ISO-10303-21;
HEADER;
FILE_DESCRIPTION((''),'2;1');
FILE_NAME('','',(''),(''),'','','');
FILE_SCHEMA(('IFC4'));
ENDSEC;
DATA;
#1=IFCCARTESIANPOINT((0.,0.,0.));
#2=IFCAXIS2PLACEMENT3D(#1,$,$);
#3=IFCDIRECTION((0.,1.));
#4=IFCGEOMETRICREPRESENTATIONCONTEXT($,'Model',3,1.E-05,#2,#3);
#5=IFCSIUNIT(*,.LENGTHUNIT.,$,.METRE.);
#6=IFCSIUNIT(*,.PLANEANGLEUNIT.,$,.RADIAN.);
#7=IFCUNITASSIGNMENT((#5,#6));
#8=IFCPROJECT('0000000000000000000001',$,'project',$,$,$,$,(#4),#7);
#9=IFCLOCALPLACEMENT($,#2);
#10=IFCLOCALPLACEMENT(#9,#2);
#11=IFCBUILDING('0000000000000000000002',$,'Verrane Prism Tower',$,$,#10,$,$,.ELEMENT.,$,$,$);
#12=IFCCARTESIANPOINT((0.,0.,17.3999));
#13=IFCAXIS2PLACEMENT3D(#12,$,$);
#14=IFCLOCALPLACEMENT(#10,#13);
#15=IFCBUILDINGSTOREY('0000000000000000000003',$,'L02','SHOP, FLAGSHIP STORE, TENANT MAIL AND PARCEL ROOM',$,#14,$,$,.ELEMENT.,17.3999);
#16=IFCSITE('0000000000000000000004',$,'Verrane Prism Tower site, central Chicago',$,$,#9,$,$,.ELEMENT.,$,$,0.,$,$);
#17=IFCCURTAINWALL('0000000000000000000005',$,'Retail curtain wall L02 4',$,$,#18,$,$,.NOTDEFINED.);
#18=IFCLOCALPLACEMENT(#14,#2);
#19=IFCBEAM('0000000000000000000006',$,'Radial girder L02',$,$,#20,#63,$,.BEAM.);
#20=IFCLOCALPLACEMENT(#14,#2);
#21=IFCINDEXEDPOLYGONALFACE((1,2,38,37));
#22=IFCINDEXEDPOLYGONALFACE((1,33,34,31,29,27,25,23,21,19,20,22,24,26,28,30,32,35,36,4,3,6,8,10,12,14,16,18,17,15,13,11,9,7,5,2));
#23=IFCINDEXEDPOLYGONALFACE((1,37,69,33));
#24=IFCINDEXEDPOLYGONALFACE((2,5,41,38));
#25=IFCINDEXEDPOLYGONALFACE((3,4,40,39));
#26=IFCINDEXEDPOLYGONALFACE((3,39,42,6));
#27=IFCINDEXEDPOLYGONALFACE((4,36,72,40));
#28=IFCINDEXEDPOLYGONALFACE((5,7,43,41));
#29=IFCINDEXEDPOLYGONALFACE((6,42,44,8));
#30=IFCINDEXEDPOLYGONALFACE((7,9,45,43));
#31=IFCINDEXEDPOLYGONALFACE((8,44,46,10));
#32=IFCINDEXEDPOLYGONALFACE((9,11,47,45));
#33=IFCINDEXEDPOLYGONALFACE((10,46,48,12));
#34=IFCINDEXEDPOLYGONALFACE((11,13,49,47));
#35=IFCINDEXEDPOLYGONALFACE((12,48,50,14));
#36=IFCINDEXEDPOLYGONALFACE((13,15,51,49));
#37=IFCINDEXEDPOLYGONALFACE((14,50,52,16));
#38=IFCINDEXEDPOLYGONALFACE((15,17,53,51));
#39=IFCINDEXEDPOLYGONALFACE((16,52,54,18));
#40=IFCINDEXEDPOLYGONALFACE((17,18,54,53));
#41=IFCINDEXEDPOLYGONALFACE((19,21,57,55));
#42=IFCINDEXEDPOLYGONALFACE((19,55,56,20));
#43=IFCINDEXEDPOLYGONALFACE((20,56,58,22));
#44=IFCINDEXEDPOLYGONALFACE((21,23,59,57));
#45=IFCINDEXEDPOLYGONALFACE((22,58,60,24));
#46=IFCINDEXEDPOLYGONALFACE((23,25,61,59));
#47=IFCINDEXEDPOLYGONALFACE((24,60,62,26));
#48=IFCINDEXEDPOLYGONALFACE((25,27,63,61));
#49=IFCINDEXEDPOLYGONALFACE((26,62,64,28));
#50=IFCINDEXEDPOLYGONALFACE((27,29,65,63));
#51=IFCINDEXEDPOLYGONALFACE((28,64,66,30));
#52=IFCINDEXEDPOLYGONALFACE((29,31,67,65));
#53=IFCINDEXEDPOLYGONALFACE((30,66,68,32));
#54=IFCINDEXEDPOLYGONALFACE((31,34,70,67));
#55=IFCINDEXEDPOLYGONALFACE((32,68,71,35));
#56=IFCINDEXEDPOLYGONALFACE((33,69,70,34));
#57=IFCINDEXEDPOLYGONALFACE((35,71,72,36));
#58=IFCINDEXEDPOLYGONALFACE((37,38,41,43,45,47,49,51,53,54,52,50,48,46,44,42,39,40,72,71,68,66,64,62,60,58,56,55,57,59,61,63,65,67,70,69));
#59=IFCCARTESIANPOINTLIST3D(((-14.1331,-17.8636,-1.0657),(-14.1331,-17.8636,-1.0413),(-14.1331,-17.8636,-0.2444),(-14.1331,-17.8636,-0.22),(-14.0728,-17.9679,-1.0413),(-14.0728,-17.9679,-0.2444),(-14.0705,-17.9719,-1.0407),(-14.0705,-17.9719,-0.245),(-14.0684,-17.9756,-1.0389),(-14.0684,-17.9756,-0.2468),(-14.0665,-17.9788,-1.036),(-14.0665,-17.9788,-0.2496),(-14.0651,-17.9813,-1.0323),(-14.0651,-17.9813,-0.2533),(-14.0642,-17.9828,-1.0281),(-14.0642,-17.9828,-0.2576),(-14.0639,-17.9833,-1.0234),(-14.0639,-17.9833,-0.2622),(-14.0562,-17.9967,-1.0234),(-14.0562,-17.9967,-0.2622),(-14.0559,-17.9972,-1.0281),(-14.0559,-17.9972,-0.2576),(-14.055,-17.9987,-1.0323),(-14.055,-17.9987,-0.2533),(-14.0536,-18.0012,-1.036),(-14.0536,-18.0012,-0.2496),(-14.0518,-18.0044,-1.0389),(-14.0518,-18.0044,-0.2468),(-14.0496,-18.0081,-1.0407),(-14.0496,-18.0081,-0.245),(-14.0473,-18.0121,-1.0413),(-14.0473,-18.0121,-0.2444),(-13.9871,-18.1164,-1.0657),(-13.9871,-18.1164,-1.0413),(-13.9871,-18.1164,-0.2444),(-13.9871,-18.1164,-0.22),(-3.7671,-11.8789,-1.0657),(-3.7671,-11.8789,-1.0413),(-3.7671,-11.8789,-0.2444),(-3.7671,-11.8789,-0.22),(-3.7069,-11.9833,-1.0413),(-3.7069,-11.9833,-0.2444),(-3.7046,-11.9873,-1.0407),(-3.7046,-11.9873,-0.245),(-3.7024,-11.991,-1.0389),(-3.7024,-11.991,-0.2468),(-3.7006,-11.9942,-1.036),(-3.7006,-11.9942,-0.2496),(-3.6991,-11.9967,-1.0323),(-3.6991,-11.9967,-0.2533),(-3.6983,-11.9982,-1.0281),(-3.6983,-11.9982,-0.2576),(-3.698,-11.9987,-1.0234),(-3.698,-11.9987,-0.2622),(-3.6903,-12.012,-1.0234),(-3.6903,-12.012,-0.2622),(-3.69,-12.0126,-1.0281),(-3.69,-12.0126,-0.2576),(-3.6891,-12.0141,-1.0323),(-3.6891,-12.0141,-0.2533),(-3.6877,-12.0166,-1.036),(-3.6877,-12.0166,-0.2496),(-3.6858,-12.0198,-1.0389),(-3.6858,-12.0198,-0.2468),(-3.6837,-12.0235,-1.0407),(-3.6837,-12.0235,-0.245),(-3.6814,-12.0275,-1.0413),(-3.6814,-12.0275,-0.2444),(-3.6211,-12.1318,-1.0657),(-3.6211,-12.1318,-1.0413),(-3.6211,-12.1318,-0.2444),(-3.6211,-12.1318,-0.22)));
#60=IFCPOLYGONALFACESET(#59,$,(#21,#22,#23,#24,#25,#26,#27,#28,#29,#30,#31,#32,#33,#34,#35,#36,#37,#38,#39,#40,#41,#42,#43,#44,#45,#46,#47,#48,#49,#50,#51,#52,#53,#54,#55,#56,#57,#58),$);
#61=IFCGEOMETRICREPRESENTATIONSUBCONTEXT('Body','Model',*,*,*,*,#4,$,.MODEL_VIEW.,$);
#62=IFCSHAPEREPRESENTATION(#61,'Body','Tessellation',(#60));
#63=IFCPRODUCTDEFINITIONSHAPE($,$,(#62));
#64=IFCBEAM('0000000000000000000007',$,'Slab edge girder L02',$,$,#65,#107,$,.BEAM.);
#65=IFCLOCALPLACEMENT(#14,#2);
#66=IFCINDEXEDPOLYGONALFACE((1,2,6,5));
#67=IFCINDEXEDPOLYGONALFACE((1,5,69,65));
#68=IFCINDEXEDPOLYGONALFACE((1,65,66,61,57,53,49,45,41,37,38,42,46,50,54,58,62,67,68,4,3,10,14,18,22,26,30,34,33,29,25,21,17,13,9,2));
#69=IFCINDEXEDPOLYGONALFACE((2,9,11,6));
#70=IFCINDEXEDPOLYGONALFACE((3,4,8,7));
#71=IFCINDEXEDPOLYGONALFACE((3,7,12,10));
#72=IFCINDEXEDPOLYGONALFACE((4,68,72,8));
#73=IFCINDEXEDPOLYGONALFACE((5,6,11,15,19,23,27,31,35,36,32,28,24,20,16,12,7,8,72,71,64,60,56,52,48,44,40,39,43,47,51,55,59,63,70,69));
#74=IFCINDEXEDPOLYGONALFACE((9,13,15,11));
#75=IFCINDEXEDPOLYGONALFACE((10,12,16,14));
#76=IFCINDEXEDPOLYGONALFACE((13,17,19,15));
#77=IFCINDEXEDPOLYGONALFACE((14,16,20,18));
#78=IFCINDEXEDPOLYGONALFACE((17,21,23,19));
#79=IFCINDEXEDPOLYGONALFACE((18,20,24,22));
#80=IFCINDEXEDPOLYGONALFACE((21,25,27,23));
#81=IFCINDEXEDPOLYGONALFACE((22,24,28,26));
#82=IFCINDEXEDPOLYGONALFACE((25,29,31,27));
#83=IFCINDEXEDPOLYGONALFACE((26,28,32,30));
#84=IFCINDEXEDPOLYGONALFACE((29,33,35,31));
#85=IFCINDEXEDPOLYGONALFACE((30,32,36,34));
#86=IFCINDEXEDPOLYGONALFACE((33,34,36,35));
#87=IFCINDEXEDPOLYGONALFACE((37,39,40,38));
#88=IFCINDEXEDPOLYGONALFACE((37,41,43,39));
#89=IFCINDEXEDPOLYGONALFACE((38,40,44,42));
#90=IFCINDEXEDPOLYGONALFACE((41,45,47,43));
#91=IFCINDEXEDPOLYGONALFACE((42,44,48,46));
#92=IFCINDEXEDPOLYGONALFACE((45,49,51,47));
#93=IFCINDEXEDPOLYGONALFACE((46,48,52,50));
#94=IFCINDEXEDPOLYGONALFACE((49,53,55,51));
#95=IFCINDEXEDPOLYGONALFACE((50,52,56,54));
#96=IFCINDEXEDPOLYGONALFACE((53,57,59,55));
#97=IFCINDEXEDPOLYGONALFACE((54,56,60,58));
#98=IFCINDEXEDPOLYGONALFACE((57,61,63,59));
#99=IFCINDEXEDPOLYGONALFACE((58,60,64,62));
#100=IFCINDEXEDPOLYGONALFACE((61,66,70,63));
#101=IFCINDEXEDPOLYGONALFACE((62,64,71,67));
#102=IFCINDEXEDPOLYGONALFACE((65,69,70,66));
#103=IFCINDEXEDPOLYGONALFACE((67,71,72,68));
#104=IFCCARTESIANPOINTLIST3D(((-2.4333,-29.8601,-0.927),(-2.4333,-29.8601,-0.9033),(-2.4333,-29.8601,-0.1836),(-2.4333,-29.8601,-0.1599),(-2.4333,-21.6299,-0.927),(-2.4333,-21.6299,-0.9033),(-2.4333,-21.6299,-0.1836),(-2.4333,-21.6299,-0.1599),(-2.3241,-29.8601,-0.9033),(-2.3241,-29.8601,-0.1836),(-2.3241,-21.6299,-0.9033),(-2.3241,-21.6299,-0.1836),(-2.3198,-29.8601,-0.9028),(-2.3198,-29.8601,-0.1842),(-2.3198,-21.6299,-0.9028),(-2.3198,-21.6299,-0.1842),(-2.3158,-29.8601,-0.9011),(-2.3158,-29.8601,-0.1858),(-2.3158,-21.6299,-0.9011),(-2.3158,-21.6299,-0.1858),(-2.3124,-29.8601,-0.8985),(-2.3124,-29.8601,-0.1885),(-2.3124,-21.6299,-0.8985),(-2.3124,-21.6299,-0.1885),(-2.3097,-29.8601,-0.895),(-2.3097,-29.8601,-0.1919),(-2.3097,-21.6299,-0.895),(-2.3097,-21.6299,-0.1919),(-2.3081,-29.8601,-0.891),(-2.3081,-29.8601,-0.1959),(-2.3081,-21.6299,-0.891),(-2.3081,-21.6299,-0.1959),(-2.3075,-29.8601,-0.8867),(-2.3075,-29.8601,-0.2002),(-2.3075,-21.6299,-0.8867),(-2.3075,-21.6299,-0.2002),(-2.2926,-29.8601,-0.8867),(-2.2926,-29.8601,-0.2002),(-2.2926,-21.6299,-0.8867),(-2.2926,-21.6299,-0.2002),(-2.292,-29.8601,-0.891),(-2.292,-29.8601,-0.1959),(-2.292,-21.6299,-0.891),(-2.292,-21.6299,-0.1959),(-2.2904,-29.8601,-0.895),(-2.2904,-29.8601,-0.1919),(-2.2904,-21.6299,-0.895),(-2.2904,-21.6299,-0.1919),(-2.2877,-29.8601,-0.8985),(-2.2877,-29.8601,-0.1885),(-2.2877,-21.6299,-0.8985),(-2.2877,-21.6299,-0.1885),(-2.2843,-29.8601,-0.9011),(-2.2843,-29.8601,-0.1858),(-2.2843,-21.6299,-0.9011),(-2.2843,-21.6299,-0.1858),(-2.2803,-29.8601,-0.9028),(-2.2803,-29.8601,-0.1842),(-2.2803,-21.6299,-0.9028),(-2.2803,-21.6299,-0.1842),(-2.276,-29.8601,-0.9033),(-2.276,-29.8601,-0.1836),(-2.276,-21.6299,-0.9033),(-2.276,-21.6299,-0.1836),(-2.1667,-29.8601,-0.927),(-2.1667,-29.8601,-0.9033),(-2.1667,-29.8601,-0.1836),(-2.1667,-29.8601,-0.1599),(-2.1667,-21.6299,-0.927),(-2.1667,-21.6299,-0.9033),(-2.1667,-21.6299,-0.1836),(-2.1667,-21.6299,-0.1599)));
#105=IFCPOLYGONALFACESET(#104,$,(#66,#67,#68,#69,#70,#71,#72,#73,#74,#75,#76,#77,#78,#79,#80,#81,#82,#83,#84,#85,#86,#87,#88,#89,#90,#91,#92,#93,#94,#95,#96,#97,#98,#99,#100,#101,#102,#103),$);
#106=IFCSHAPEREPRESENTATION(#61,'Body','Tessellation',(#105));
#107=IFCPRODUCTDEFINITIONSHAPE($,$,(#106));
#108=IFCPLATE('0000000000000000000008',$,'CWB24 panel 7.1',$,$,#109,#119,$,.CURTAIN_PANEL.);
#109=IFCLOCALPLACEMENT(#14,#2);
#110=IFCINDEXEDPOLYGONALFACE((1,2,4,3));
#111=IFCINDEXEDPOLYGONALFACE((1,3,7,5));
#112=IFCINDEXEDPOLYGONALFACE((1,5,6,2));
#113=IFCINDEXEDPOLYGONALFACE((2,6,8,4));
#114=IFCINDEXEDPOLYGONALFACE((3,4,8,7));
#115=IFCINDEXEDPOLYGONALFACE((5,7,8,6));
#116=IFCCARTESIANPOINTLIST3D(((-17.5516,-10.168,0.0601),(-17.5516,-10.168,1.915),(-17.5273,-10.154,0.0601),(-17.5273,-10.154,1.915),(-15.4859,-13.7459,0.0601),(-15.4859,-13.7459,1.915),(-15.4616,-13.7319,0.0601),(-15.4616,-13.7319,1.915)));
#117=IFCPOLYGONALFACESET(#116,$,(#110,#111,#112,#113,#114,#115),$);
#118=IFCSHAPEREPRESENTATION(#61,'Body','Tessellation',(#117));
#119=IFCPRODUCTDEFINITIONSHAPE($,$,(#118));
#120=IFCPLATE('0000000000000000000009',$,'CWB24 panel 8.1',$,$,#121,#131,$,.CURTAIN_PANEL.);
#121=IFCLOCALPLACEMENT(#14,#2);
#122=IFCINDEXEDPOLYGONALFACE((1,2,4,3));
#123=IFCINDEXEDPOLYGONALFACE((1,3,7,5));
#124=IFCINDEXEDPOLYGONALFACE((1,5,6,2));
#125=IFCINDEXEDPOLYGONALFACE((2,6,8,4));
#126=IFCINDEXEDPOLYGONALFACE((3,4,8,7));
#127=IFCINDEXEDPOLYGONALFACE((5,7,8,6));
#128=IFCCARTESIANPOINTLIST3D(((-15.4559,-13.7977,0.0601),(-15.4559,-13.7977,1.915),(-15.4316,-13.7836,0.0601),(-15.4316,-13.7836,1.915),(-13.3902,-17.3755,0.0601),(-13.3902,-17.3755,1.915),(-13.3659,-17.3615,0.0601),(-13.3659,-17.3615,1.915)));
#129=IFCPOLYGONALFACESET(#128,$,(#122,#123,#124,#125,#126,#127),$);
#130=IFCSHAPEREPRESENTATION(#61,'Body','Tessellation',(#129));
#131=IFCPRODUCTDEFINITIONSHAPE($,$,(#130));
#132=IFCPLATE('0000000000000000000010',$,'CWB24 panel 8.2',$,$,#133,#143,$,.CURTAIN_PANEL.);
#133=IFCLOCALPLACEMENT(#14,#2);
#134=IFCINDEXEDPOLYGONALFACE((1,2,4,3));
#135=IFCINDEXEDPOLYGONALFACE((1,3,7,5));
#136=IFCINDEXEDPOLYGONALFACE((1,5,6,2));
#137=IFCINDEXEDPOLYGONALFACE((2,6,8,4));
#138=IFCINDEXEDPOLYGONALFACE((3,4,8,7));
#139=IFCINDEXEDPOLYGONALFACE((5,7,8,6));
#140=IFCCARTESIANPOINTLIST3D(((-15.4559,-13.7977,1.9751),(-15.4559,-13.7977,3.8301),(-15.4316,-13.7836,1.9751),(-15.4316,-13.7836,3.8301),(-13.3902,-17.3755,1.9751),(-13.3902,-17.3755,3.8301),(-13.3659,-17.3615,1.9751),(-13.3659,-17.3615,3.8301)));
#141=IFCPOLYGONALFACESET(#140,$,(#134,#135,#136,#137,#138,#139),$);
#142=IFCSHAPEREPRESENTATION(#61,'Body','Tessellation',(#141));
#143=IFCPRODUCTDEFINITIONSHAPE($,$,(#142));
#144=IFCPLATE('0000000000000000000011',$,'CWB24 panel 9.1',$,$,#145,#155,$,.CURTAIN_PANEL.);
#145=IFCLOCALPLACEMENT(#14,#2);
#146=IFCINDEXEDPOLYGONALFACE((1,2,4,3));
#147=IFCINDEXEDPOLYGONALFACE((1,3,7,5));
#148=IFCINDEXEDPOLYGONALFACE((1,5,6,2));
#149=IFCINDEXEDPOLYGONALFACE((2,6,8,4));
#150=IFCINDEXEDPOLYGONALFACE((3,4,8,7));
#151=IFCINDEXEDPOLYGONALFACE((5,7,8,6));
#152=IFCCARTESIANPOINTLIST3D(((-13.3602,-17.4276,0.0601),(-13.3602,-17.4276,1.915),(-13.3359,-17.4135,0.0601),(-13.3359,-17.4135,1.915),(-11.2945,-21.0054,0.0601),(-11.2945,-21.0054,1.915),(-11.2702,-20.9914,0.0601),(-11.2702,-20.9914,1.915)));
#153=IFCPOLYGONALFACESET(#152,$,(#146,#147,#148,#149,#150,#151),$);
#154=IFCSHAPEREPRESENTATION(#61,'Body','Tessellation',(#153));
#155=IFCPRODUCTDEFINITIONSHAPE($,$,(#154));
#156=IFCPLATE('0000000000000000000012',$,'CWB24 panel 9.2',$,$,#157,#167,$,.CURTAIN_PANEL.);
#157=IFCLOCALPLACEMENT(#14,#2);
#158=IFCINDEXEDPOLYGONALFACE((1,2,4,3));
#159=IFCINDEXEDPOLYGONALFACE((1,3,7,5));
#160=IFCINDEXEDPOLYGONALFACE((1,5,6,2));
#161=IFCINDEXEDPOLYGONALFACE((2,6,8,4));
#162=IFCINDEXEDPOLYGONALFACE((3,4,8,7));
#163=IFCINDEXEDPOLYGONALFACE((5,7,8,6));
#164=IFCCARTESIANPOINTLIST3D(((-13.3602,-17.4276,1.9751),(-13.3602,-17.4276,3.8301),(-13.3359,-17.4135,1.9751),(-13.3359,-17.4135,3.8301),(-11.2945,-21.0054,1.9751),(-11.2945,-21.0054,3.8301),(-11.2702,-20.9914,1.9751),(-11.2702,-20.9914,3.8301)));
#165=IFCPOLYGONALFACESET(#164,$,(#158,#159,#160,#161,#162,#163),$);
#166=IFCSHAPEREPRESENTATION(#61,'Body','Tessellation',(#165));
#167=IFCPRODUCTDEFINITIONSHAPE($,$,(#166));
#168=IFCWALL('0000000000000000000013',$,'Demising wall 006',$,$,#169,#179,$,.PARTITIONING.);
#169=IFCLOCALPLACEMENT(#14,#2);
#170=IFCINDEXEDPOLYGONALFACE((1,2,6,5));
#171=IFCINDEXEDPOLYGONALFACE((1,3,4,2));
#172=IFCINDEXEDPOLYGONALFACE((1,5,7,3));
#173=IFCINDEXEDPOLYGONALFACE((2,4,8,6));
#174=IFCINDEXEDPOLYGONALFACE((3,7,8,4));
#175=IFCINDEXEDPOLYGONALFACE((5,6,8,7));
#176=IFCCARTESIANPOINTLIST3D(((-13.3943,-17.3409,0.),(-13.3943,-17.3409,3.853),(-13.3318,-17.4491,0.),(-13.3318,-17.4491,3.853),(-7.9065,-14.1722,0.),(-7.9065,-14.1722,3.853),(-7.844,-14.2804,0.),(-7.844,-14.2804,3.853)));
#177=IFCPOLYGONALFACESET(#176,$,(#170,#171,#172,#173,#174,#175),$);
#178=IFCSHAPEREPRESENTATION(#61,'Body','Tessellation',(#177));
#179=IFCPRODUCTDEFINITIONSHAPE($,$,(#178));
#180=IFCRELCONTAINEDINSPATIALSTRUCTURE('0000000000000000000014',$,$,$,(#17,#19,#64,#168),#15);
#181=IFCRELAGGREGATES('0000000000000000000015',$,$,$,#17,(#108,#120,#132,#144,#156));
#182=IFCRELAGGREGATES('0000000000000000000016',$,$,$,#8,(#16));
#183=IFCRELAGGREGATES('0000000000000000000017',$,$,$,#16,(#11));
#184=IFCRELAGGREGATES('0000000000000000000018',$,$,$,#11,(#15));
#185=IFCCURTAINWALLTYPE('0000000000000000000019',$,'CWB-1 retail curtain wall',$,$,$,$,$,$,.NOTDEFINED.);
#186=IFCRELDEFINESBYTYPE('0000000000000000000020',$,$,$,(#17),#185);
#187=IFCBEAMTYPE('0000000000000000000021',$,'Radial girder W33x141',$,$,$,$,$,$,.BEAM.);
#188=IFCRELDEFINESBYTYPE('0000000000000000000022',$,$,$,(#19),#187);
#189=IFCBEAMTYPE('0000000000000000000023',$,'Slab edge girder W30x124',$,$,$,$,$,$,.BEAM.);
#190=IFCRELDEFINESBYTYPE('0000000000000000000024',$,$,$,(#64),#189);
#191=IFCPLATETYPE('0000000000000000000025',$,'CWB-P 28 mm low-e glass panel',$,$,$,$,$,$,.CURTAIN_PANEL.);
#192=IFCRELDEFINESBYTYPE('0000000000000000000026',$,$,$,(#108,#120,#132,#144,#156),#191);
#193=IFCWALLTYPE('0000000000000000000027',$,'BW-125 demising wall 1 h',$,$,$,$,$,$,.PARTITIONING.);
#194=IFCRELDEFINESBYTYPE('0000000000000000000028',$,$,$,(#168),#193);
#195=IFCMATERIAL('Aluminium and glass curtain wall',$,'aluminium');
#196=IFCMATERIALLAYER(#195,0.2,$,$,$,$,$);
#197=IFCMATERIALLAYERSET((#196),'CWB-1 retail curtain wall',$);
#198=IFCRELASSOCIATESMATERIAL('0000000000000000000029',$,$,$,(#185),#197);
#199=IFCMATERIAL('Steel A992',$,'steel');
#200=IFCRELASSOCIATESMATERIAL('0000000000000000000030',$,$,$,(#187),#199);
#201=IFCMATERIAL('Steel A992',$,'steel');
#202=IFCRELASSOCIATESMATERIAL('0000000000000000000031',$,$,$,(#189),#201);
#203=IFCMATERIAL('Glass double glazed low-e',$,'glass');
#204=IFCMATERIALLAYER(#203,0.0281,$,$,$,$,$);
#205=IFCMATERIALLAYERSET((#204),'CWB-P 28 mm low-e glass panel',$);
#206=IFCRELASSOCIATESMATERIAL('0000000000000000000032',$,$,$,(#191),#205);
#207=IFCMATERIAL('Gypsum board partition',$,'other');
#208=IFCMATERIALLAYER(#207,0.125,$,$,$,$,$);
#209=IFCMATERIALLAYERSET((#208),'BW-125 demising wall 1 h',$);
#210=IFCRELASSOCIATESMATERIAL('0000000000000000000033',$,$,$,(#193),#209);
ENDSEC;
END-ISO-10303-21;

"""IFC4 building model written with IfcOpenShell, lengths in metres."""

from ifc_helpers import new_model, si_unit, direction, frame, frame_2d, origin, origin_2d, place, context, subcontext, project, spatial, rectangle, i_section, extrude, material, layer, layer_set, material_profile, profile_set, type_object, element, aggregate, save


model = new_model("IFC4")

# Units and contexts
model_context = context("Model", 3, precision=1e-05, world=origin(), true_north=direction((0.0, 1.0)))
body_context = subcontext(model_context, "Body", "Model", "MODEL_VIEW")
ifc_project = project(units=[si_unit("LENGTHUNIT", "METRE"), si_unit("PLANEANGLEUNIT", "RADIAN")], contexts=[model_context])

# Site, building, storey
site_placement = place(None, origin())
site = spatial("IfcSite", under=ifc_project, at=site_placement, Name="Verrane Prism Tower site, central Chicago", CompositionType="ELEMENT", RefElevation=0.0)
building_placement = place(site_placement, origin())
building = spatial("IfcBuilding", under=site, at=building_placement, Name="Verrane Prism Tower", CompositionType="ELEMENT")
storey_placement = place(building_placement, frame((0.0, 0.0, 17.3999)))
storey = spatial("IfcBuildingStorey", under=building, at=storey_placement, Name="L02", Description="SHOP, FLAGSHIP STORE, TENANT MAIL AND PARCEL ROOM", CompositionType="ELEMENT", Elevation=17.3999)

# Curtain wall
ifc_material_1 = material(Name="Aluminium and glass curtain wall", Category="aluminium")
ifc_layer_1 = layer(ifc_material_1, 0.2)
ifc_layer_set_1 = layer_set([ifc_layer_1], Name="CWB-1 retail curtain wall")
curtain_wall_type = type_object("IfcCurtainWallType", Name="CWB-1 retail curtain wall", PredefinedType="NOTDEFINED", material=ifc_layer_set_1)
curtain_wall_placement = place(storey_placement, origin())
curtain_wall = element("IfcCurtainWall", 1, at=curtain_wall_placement, inside=storey, type_object=curtain_wall_type, Name="Retail curtain wall L02 4", PredefinedType="NOTDEFINED")

# Beams
ifc_material_2 = material(Name="Steel A992", Category="steel")
ifc_material_profile_1 = material_profile(ifc_material_2, i_section(OverallWidth=0.292, OverallDepth=0.8457, WebThickness=0.0154, FlangeThickness=0.0244, FilletRadius=0.0178, at=origin_2d()), Name="W33x141")
ifc_profile_set_1 = profile_set([ifc_material_profile_1], Name="Steel A992")
beam_type_1 = type_object("IfcBeamType", Name="Radial girder W33x141", PredefinedType="BEAM", material=ifc_profile_set_1)
beam_1_placement = place(storey_placement, frame((-14.0601, -17.99, -0.6428), z_axis=(0.866032, 0.499989, 0.0), x_axis=(-0.499989, 0.866032, 0.0)))
element("IfcBeam", 2, at=beam_1_placement, inside=storey, type_object=beam_type_1, Name="Radial girder L02", PredefinedType="BEAM", context=body_context, shape_type="SweptSolid", body=[
    extrude(i_section(OverallWidth=0.292, OverallDepth=0.8457, WebThickness=0.0154, FlangeThickness=0.0244, FilletRadius=0.0178, at=origin_2d()), origin(), (0.0, 0.0, 1.0), 11.9695),
])
ifc_material_3 = material(Name="Steel A992", Category="steel")
ifc_material_profile_2 = material_profile(ifc_material_3, i_section(OverallWidth=0.2666, OverallDepth=0.7671, WebThickness=0.0149, FlangeThickness=0.0237, FilletRadius=0.0166, at=origin_2d()), Name="W30x124")
ifc_profile_set_2 = profile_set([ifc_material_profile_2], Name="Steel A992")
beam_type_2 = type_object("IfcBeamType", Name="Slab edge girder W30x124", PredefinedType="BEAM", material=ifc_profile_set_2)
beam_2_placement = place(storey_placement, frame((-2.3, -21.6299, -0.5435), z_axis=(0.0, -1.0, 0.0), x_axis=(1.0, 0.0, 0.0)))
element("IfcBeam", 3, at=beam_2_placement, inside=storey, type_object=beam_type_2, Name="Slab edge girder L02", PredefinedType="BEAM", context=body_context, shape_type="SweptSolid", body=[
    extrude(i_section(OverallWidth=0.2666, OverallDepth=0.7671, WebThickness=0.0149, FlangeThickness=0.0237, FilletRadius=0.0166, at=origin_2d()), origin(), (0.0, 0.0, 1.0), 8.2302),
])

# Plates
ifc_material_4 = material(Name="Glass double glazed low-e", Category="glass")
ifc_layer_2 = layer(ifc_material_4, 0.0281)
ifc_layer_set_2 = layer_set([ifc_layer_2], Name="CWB-P 28 mm low-e glass panel")
plate_type = type_object("IfcPlateType", Name="CWB-P 28 mm low-e glass panel", PredefinedType="CURTAIN_PANEL", material=ifc_layer_set_2)
plate_1_placement = place(storey_placement, frame((-16.5066, -11.95, 0.0601), z_axis=(0.0, 0.0, 1.0), x_axis=(0.5, -0.866025, 0.0)))
plate_1 = element("IfcPlate", 4, at=plate_1_placement, type_object=plate_type, Name="CWB24 panel 7.1", PredefinedType="CURTAIN_PANEL", context=body_context, shape_type="SweptSolid", body=[
    extrude(rectangle(XDim=4.1313, YDim=0.0281, at=origin_2d()), origin(), (0.0, 0.0, 1.0), 1.855),
])
plate_2_placement = place(storey_placement, frame((-14.4109, -15.5796, 0.0601), z_axis=(0.0, 0.0, 1.0), x_axis=(0.5, -0.866025, 0.0)))
plate_2 = element("IfcPlate", 5, at=plate_2_placement, type_object=plate_type, Name="CWB24 panel 8.1", PredefinedType="CURTAIN_PANEL", context=body_context, shape_type="SweptSolid", body=[
    extrude(rectangle(XDim=4.1313, YDim=0.0281, at=origin_2d()), origin(), (0.0, 0.0, 1.0), 1.855),
])
plate_3_placement = place(storey_placement, frame((-14.4109, -15.5796, 1.9751), z_axis=(0.0, 0.0, 1.0), x_axis=(0.5, -0.866025, 0.0)))
plate_3 = element("IfcPlate", 6, at=plate_3_placement, type_object=plate_type, Name="CWB24 panel 8.2", PredefinedType="CURTAIN_PANEL", context=body_context, shape_type="SweptSolid", body=[
    extrude(rectangle(XDim=4.1313, YDim=0.0281, at=origin_2d()), origin(), (0.0, 0.0, 1.0), 1.855),
])
plate_4_placement = place(storey_placement, frame((-12.3152, -19.2095, 0.0601), z_axis=(0.0, 0.0, 1.0), x_axis=(0.5, -0.866025, 0.0)))
plate_4 = element("IfcPlate", 7, at=plate_4_placement, type_object=plate_type, Name="CWB24 panel 9.1", PredefinedType="CURTAIN_PANEL", context=body_context, shape_type="SweptSolid", body=[
    extrude(rectangle(XDim=4.1313, YDim=0.0281, at=origin_2d()), origin(), (0.0, 0.0, 1.0), 1.855),
])
plate_5_placement = place(storey_placement, frame((-12.3152, -19.2095, 1.9751), z_axis=(0.0, 0.0, 1.0), x_axis=(0.5, -0.866025, 0.0)))
plate_5 = element("IfcPlate", 8, at=plate_5_placement, type_object=plate_type, Name="CWB24 panel 9.2", PredefinedType="CURTAIN_PANEL", context=body_context, shape_type="SweptSolid", body=[
    extrude(rectangle(XDim=4.1313, YDim=0.0281, at=origin_2d()), origin(), (0.0, 0.0, 1.0), 1.855),
])
aggregate(curtain_wall, [plate_1, plate_2, plate_3, plate_4, plate_5])

# Wall
ifc_material_5 = material(Name="Gypsum board partition", Category="other")
ifc_layer_3 = layer(ifc_material_5, 0.125)
ifc_layer_set_3 = layer_set([ifc_layer_3], Name="BW-125 demising wall 1 h")
wall_type_1 = type_object("IfcWallType", Name="BW-125 demising wall 1 h", PredefinedType="PARTITIONING", material=ifc_layer_set_3)
wall_1_placement = place(storey_placement, frame((-13.363, -17.395, 0.0), z_axis=(0.0, 0.0, 1.0), x_axis=(0.866003, 0.500038, 0.0)))
element("IfcWall", 9, at=wall_1_placement, inside=storey, type_object=wall_type_1, Name="Demising wall 006", PredefinedType="PARTITIONING", context=body_context, shape_type="SweptSolid", body=[
    extrude(rectangle(XDim=6.3369, YDim=0.125, at=frame_2d((3.1685, 0.0))), origin(), (0.0, 0.0, 1.0), 3.853),
])

save(model, "model.ifc")
